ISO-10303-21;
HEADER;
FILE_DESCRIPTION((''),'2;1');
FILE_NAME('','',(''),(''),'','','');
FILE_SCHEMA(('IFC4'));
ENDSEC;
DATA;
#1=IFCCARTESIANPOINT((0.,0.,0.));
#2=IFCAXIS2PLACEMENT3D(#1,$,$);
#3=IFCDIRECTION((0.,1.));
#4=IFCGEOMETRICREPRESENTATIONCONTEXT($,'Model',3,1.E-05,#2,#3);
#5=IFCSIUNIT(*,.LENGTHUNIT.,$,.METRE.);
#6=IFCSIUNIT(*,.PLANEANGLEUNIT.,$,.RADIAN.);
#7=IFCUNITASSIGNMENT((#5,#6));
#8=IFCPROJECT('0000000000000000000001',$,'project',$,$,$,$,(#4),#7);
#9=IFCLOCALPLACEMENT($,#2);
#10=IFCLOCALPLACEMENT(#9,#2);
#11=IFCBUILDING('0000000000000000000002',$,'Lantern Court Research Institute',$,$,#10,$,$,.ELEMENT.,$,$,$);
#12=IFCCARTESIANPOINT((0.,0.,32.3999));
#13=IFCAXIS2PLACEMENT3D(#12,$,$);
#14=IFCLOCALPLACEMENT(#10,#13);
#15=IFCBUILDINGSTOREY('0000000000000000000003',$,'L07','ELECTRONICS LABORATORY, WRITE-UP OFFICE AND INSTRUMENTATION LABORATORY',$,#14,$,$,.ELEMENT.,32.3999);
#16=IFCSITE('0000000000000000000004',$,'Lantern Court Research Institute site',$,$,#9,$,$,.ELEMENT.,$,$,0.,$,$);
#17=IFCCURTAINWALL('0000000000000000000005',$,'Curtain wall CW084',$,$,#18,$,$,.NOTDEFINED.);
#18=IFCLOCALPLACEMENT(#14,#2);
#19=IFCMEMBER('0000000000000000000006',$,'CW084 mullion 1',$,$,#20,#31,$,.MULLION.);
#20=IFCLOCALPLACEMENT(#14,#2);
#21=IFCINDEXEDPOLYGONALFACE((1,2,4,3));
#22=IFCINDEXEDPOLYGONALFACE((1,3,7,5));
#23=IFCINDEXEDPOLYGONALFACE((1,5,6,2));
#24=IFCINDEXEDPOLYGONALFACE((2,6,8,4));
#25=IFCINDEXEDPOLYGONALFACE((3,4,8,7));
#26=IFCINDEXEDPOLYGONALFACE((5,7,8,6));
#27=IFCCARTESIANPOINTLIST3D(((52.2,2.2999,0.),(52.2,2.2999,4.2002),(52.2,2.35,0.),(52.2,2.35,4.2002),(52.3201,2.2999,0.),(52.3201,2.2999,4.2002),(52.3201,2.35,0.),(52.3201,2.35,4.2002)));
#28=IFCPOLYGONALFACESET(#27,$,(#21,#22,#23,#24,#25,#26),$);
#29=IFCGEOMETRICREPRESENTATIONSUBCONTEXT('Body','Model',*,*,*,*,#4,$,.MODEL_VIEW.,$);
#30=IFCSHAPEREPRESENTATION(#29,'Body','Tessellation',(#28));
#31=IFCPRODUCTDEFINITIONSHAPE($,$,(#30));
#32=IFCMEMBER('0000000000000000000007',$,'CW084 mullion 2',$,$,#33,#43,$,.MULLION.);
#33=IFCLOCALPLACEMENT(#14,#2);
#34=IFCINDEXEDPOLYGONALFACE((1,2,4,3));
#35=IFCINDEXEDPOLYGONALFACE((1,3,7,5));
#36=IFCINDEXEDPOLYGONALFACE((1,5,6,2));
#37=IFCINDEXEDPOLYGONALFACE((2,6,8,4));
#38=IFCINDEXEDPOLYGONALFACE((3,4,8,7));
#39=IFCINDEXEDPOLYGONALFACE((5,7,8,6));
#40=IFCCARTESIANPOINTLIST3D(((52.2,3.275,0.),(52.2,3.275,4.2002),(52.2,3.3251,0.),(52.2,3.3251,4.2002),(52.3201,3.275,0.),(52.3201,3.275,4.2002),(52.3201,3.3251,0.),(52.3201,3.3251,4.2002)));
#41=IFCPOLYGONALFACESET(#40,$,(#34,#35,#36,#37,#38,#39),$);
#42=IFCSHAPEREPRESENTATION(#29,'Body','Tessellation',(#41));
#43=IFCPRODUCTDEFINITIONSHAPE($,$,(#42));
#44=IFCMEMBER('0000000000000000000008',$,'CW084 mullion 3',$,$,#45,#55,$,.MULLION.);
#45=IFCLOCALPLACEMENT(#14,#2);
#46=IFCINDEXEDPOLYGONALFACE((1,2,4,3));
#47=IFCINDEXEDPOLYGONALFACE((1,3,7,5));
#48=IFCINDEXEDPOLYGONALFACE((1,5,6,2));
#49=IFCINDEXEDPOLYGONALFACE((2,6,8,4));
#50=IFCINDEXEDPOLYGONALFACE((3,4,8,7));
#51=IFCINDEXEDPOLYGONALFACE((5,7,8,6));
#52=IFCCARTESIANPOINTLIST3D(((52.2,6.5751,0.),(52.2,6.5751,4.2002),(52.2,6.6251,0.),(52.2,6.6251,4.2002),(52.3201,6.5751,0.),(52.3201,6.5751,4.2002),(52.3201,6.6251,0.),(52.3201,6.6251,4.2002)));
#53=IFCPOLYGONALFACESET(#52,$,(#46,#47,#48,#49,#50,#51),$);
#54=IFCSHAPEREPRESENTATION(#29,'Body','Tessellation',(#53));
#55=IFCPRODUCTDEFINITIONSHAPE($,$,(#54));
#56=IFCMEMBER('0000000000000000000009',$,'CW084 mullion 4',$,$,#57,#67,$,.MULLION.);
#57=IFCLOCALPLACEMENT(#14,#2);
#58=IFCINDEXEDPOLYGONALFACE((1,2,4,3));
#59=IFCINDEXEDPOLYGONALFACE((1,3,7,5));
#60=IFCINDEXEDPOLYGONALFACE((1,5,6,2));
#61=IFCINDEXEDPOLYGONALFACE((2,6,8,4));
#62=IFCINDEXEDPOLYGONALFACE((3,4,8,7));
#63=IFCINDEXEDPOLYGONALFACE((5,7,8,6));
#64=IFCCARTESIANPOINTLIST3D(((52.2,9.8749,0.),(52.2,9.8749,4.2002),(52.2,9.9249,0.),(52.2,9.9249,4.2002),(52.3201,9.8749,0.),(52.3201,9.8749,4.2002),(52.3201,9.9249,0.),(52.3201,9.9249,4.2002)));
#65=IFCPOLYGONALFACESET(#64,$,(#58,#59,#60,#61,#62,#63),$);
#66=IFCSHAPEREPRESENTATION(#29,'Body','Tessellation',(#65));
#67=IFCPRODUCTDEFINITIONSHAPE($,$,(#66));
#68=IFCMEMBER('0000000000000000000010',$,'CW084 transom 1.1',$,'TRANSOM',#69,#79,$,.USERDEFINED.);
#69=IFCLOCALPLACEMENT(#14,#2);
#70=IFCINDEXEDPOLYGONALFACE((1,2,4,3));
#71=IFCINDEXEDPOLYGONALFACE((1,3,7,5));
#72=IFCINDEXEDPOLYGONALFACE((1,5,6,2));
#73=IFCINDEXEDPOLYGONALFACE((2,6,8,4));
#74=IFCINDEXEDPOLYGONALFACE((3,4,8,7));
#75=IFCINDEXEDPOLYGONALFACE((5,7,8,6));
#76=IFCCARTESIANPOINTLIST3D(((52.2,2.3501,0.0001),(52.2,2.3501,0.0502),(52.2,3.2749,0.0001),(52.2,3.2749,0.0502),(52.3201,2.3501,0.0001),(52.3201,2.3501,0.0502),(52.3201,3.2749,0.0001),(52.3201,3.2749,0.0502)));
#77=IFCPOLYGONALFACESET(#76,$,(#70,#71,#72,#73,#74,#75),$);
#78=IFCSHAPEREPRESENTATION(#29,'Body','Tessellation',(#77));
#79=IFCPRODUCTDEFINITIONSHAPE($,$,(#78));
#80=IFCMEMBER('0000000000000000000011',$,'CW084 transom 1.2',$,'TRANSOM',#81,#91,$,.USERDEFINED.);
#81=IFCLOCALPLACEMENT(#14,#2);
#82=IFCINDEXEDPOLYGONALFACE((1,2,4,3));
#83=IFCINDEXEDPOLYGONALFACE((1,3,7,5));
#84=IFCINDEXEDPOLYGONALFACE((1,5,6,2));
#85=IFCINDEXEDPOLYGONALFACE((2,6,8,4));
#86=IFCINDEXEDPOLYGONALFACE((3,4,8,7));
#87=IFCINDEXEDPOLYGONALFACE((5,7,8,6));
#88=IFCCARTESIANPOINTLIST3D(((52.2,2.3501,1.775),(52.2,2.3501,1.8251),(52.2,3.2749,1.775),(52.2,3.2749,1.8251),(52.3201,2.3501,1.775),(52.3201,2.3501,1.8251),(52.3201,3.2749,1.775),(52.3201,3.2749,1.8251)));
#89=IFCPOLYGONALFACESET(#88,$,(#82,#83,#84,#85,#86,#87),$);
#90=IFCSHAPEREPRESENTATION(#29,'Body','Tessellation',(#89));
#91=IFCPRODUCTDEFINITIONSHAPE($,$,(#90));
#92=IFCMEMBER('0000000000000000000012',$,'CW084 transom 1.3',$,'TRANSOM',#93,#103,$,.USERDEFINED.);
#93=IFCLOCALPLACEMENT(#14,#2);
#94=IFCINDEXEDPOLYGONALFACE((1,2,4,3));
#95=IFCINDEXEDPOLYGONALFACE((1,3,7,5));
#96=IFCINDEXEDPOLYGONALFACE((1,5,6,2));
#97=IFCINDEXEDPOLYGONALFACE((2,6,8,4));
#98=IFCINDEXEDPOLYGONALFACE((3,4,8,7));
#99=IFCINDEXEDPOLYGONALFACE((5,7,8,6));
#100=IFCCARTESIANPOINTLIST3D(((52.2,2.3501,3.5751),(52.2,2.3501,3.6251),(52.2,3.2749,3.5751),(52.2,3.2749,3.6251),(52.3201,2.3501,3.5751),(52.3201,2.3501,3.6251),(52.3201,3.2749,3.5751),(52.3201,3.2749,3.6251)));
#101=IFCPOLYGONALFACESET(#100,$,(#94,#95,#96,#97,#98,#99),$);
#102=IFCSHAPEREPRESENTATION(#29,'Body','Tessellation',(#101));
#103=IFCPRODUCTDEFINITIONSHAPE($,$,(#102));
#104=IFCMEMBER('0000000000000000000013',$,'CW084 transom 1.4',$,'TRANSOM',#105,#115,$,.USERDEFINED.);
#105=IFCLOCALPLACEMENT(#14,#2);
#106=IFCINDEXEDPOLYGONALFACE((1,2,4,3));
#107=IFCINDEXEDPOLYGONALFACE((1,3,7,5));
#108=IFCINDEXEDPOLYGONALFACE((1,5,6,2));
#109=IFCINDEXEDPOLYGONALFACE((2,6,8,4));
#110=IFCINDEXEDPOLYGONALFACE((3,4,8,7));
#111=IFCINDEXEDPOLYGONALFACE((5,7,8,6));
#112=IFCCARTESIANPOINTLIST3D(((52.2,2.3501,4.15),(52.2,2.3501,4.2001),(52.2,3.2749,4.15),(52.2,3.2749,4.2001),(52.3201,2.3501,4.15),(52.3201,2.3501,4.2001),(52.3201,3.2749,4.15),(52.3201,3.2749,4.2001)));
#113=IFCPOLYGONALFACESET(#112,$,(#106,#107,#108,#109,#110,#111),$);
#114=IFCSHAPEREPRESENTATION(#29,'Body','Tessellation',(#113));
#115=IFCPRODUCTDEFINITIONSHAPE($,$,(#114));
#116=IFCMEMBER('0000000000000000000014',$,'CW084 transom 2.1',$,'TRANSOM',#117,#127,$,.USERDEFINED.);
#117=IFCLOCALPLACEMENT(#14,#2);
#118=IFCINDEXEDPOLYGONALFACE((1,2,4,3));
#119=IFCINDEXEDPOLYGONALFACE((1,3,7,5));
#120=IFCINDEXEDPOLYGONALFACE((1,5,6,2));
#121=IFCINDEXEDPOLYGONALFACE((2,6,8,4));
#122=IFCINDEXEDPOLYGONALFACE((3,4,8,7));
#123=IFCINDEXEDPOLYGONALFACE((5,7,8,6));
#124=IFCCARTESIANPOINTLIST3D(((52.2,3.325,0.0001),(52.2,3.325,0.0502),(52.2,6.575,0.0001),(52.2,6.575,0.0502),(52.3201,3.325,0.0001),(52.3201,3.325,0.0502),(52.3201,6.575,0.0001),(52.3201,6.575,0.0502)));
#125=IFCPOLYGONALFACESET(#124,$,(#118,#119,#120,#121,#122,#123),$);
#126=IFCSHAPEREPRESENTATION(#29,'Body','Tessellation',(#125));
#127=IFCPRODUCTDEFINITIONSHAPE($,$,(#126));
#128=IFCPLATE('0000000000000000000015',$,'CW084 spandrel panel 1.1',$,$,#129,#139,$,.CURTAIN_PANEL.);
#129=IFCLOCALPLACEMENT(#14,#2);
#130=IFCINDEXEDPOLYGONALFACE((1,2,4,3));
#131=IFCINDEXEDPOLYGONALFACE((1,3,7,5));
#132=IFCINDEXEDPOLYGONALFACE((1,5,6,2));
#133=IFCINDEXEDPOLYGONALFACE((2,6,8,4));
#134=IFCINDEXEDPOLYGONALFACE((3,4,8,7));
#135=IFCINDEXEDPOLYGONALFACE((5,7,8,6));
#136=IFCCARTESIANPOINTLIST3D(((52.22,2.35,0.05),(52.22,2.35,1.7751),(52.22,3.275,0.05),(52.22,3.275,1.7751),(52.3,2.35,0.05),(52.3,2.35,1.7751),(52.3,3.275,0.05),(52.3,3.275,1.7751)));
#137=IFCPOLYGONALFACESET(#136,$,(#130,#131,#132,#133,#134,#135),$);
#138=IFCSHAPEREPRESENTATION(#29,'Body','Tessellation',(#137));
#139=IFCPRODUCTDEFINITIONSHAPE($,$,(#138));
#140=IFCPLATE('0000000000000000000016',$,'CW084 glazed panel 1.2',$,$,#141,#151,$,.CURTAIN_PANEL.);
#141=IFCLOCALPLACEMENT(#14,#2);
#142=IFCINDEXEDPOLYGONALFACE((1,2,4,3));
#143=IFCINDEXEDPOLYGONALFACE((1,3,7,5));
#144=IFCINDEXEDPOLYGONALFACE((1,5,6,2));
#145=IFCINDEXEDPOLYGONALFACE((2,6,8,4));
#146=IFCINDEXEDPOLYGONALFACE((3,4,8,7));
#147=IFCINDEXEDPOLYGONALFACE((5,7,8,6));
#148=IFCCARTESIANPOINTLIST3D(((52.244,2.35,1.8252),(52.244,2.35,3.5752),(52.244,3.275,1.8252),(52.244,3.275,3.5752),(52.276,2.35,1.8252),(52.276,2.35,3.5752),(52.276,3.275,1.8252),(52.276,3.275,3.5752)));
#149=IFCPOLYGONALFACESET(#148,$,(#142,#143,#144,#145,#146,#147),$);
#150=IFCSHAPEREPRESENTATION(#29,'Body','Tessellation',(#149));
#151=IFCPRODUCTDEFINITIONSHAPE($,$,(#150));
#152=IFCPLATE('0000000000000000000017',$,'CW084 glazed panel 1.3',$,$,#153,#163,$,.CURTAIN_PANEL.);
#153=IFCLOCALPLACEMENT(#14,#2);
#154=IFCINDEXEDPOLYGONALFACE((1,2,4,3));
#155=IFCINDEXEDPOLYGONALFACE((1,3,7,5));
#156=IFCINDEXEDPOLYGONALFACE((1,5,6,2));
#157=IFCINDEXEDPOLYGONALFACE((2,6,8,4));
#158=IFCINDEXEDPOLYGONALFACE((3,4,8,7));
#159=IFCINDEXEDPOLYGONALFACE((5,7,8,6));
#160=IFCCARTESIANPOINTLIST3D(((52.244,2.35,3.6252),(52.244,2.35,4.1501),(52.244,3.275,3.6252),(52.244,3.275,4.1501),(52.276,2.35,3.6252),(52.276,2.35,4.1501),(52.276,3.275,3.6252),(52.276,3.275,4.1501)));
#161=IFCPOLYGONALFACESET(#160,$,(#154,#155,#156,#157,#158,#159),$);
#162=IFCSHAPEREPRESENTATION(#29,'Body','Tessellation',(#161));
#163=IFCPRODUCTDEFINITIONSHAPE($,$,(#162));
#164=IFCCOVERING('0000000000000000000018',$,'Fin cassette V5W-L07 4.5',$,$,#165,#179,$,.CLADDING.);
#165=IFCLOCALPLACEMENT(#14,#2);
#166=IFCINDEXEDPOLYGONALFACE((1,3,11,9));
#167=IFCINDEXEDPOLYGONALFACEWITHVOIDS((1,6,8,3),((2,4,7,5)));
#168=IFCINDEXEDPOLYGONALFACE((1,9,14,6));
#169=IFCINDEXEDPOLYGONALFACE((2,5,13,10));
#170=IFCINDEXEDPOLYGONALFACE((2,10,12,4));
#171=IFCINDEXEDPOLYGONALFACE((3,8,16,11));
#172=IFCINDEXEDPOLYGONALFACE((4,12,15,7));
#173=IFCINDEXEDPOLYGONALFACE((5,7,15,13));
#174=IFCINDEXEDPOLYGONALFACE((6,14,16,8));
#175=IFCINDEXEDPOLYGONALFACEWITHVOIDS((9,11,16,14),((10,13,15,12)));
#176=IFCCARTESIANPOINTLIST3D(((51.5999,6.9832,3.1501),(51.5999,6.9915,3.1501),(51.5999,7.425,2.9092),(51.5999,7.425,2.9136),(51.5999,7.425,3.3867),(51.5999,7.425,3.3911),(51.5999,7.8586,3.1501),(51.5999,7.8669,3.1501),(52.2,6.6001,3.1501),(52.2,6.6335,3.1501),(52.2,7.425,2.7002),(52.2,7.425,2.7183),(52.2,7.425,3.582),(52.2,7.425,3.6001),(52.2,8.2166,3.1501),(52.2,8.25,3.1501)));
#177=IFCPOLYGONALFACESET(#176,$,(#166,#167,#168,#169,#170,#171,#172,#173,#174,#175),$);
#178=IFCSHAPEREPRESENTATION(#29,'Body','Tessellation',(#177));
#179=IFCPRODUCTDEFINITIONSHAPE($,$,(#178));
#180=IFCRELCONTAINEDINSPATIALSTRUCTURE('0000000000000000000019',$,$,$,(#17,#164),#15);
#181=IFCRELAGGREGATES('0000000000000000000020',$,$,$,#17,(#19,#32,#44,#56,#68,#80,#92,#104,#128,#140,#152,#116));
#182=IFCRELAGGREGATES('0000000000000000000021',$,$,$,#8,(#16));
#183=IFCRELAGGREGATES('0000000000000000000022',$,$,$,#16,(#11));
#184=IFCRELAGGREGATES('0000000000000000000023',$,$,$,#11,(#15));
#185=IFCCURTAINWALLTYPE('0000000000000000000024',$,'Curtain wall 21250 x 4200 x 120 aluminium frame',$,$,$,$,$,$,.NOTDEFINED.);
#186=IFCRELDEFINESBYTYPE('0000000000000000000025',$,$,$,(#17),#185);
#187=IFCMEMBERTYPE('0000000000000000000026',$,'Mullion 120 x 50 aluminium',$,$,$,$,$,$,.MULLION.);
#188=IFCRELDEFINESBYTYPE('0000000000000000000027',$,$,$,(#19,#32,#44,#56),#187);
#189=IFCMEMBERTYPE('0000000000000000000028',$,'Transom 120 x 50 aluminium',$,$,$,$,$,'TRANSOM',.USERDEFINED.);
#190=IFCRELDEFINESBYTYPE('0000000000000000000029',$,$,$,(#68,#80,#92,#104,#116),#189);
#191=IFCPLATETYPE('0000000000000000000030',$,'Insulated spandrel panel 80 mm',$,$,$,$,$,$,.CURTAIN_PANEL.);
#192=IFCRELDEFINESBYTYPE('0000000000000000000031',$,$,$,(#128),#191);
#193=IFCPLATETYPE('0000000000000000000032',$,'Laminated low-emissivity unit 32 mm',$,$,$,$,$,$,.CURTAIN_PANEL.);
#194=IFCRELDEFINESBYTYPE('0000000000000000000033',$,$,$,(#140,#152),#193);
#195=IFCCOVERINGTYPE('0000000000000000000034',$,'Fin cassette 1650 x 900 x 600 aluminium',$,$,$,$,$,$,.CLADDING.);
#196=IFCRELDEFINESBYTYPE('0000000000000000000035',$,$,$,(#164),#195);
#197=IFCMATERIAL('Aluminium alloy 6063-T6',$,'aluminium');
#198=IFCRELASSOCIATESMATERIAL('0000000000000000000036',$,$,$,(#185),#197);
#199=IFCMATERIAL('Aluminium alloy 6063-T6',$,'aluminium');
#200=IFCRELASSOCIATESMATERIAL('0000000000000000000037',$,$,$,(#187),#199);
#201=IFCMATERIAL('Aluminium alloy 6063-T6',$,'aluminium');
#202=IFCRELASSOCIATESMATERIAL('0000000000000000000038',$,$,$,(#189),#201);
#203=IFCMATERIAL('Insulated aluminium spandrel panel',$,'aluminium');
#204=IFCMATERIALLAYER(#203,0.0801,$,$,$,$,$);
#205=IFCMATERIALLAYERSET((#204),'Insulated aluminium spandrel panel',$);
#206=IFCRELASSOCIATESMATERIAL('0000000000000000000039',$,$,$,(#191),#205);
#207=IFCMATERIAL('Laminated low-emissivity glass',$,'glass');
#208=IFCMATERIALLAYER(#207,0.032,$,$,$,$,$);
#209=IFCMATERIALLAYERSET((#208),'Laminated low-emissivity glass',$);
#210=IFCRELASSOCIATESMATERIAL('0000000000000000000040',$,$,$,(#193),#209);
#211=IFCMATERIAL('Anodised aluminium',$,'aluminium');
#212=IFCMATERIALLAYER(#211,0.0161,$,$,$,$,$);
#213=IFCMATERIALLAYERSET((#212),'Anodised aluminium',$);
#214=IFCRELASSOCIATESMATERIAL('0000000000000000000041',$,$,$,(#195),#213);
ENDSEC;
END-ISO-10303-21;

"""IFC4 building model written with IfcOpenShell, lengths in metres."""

from ifc_helpers import new_model, entity, si_unit, direction, frame, origin, origin_2d, place, context, subcontext, project, spatial, rectangle, extrude, material, layer, layer_set, material_profile, profile_set, type_object, element, aggregate, save


model = new_model("IFC4")

# Units and contexts
model_context = context("Model", 3, precision=1e-05, world=origin(), true_north=direction((0.0, 1.0)))
body_context = subcontext(model_context, "Body", "Model", "MODEL_VIEW")
ifc_project = project(units=[si_unit("LENGTHUNIT", "METRE"), si_unit("PLANEANGLEUNIT", "RADIAN")], contexts=[model_context])

# Site, building, storey
site_placement = place(None, origin())
site = spatial("IfcSite", under=ifc_project, at=site_placement, Name="Lantern Court Research Institute site", CompositionType="ELEMENT", RefElevation=0.0)
building_placement = place(site_placement, origin())
building = spatial("IfcBuilding", under=site, at=building_placement, Name="Lantern Court Research Institute", CompositionType="ELEMENT")
storey_placement = place(building_placement, frame((0.0, 0.0, 32.3999)))
storey = spatial("IfcBuildingStorey", under=building, at=storey_placement, Name="L07", Description="ELECTRONICS LABORATORY, WRITE-UP OFFICE AND INSTRUMENTATION LABORATORY", CompositionType="ELEMENT", Elevation=32.3999)

# Curtain wall, members, plates
ifc_material_1 = material(Name="Aluminium alloy 6063-T6", Category="aluminium")
curtain_wall_type = type_object("IfcCurtainWallType", Name="Curtain wall 21250 x 4200 x 120 aluminium frame", PredefinedType="NOTDEFINED", material=ifc_material_1)
curtain_wall_placement = place(storey_placement, origin())
curtain_wall = element("IfcCurtainWall", 1, at=curtain_wall_placement, inside=storey, type_object=curtain_wall_type, Name="Curtain wall CW084", PredefinedType="NOTDEFINED")
ifc_material_2 = material(Name="Aluminium alloy 6063-T6", Category="aluminium")
ifc_material_profile_1 = material_profile(ifc_material_2, rectangle(XDim=0.1201, YDim=0.05, at=origin_2d()), Name="Mullion 120 x 50")
ifc_profile_set_1 = profile_set([ifc_material_profile_1], Name="Aluminium alloy 6063-T6")
member_type_1 = type_object("IfcMemberType", Name="Mullion 120 x 50 aluminium", PredefinedType="MULLION", material=ifc_profile_set_1)
member_1_placement = place(storey_placement, frame((52.26, 2.325, 0.0), z_axis=(0.0, 0.0, 1.0), x_axis=(-1.0, 0.0, 0.0)))
member_1 = element("IfcMember", 2, at=member_1_placement, type_object=member_type_1, Name="CW084 mullion 1", PredefinedType="MULLION", context=body_context, shape_type="SweptSolid", body=[
    extrude(rectangle(XDim=0.1201, YDim=0.05, at=origin_2d()), origin(), (0.0, 0.0, 1.0), 4.2002),
])
member_2_placement = place(storey_placement, frame((52.26, 3.3, 0.0), z_axis=(0.0, 0.0, 1.0), x_axis=(-1.0, 0.0, 0.0)))
member_2 = element("IfcMember", 3, at=member_2_placement, type_object=member_type_1, Name="CW084 mullion 2", PredefinedType="MULLION", context=body_context, shape_type="SweptSolid", body=[
    extrude(rectangle(XDim=0.1201, YDim=0.05, at=origin_2d()), origin(), (0.0, 0.0, 1.0), 4.2002),
])
member_3_placement = place(storey_placement, frame((52.26, 6.6001, 0.0), z_axis=(0.0, 0.0, 1.0), x_axis=(-1.0, 0.0, 0.0)))
member_3 = element("IfcMember", 4, at=member_3_placement, type_object=member_type_1, Name="CW084 mullion 3", PredefinedType="MULLION", context=body_context, shape_type="SweptSolid", body=[
    extrude(rectangle(XDim=0.1201, YDim=0.05, at=origin_2d()), origin(), (0.0, 0.0, 1.0), 4.2002),
])
member_4_placement = place(storey_placement, frame((52.26, 9.8999, 0.0), z_axis=(0.0, 0.0, 1.0), x_axis=(-1.0, 0.0, 0.0)))
member_4 = element("IfcMember", 5, at=member_4_placement, type_object=member_type_1, Name="CW084 mullion 4", PredefinedType="MULLION", context=body_context, shape_type="SweptSolid", body=[
    extrude(rectangle(XDim=0.1201, YDim=0.05, at=origin_2d()), origin(), (0.0, 0.0, 1.0), 4.2002),
])
ifc_material_3 = material(Name="Aluminium alloy 6063-T6", Category="aluminium")
ifc_material_profile_2 = material_profile(ifc_material_3, rectangle(XDim=0.1201, YDim=0.05, at=origin_2d()), Name="Transom 120 x 50")
ifc_profile_set_2 = profile_set([ifc_material_profile_2], Name="Aluminium alloy 6063-T6")
member_type_2 = type_object("IfcMemberType", Name="Transom 120 x 50 aluminium", ElementType="TRANSOM", PredefinedType="USERDEFINED", material=ifc_profile_set_2)
member_5_placement = place(storey_placement, frame((52.26, 2.3501, 0.0251), z_axis=(0.0, 1.0, 0.0), x_axis=(-1.0, 0.0, 0.0)))
member_5 = element("IfcMember", 6, at=member_5_placement, type_object=member_type_2, Name="CW084 transom 1.1", ObjectType="TRANSOM", PredefinedType="USERDEFINED", context=body_context, shape_type="SweptSolid", body=[
    extrude(rectangle(XDim=0.1201, YDim=0.05, at=origin_2d()), origin(), (0.0, 0.0, 1.0), 0.9248),
])
member_6_placement = place(storey_placement, frame((52.26, 2.3501, 1.8), z_axis=(0.0, 1.0, 0.0), x_axis=(-1.0, 0.0, 0.0)))
member_6 = element("IfcMember", 7, at=member_6_placement, type_object=member_type_2, Name="CW084 transom 1.2", ObjectType="TRANSOM", PredefinedType="USERDEFINED", context=body_context, shape_type="SweptSolid", body=[
    extrude(rectangle(XDim=0.1201, YDim=0.05, at=origin_2d()), origin(), (0.0, 0.0, 1.0), 0.9248),
])
member_7_placement = place(storey_placement, frame((52.26, 2.3501, 3.6001), z_axis=(0.0, 1.0, 0.0), x_axis=(-1.0, 0.0, 0.0)))
member_7 = element("IfcMember", 8, at=member_7_placement, type_object=member_type_2, Name="CW084 transom 1.3", ObjectType="TRANSOM", PredefinedType="USERDEFINED", context=body_context, shape_type="SweptSolid", body=[
    extrude(rectangle(XDim=0.1201, YDim=0.05, at=origin_2d()), origin(), (0.0, 0.0, 1.0), 0.9248),
])
member_8_placement = place(storey_placement, frame((52.26, 2.3501, 4.175), z_axis=(0.0, 1.0, 0.0), x_axis=(-1.0, 0.0, 0.0)))
member_8 = element("IfcMember", 9, at=member_8_placement, type_object=member_type_2, Name="CW084 transom 1.4", ObjectType="TRANSOM", PredefinedType="USERDEFINED", context=body_context, shape_type="SweptSolid", body=[
    extrude(rectangle(XDim=0.1201, YDim=0.05, at=origin_2d()), origin(), (0.0, 0.0, 1.0), 0.9248),
])
member_9_placement = place(storey_placement, frame((52.26, 3.325, 0.0251), z_axis=(0.0, 1.0, 0.0), x_axis=(-1.0, 0.0, 0.0)))
member_9 = element("IfcMember", 10, at=member_9_placement, type_object=member_type_2, Name="CW084 transom 2.1", ObjectType="TRANSOM", PredefinedType="USERDEFINED", context=body_context, shape_type="SweptSolid", body=[
    extrude(rectangle(XDim=0.1201, YDim=0.05, at=origin_2d()), origin(), (0.0, 0.0, 1.0), 3.25),
])
ifc_material_4 = material(Name="Insulated aluminium spandrel panel", Category="aluminium")
ifc_layer_1 = layer(ifc_material_4, 0.0801)
ifc_layer_set_1 = layer_set([ifc_layer_1], Name="Insulated aluminium spandrel panel")
plate_type_1 = type_object("IfcPlateType", Name="Insulated spandrel panel 80 mm", PredefinedType="CURTAIN_PANEL", material=ifc_layer_set_1)
plate_1_placement = place(storey_placement, frame((52.26, 2.8125, 0.05), z_axis=(0.0, 0.0, 1.0), x_axis=(0.0, 1.0, 0.0)))
plate_1 = element("IfcPlate", 11, at=plate_1_placement, type_object=plate_type_1, Name="CW084 spandrel panel 1.1", PredefinedType="CURTAIN_PANEL", context=body_context, shape_type="SweptSolid", body=[
    extrude(rectangle(XDim=0.925, YDim=0.0801, at=origin_2d()), origin(), (0.0, 0.0, 1.0), 1.7251),
])
ifc_material_5 = material(Name="Laminated low-emissivity glass", Category="glass")
ifc_layer_2 = layer(ifc_material_5, 0.032)
ifc_layer_set_2 = layer_set([ifc_layer_2], Name="Laminated low-emissivity glass")
plate_type_2 = type_object("IfcPlateType", Name="Laminated low-emissivity unit 32 mm", PredefinedType="CURTAIN_PANEL", material=ifc_layer_set_2)
plate_2_placement = place(storey_placement, frame((52.26, 2.8125, 1.8252), z_axis=(0.0, 0.0, 1.0), x_axis=(0.0, 1.0, 0.0)))
plate_2 = element("IfcPlate", 12, at=plate_2_placement, type_object=plate_type_2, Name="CW084 glazed panel 1.2", PredefinedType="CURTAIN_PANEL", context=body_context, shape_type="SweptSolid", body=[
    extrude(rectangle(XDim=0.925, YDim=0.032, at=origin_2d()), origin(), (0.0, 0.0, 1.0), 1.75),
])
plate_3_placement = place(storey_placement, frame((52.26, 2.8125, 3.6252), z_axis=(0.0, 0.0, 1.0), x_axis=(0.0, 1.0, 0.0)))
plate_3 = element("IfcPlate", 13, at=plate_3_placement, type_object=plate_type_2, Name="CW084 glazed panel 1.3", PredefinedType="CURTAIN_PANEL", context=body_context, shape_type="SweptSolid", body=[
    extrude(rectangle(XDim=0.925, YDim=0.032, at=origin_2d()), origin(), (0.0, 0.0, 1.0), 0.5249),
])
aggregate(curtain_wall, [member_1, member_2, member_3, member_4, member_5, member_6, member_7, member_8, plate_1, plate_2, plate_3, member_9])

# Covering
ifc_material_6 = material(Name="Anodised aluminium", Category="aluminium")
ifc_layer_3 = layer(ifc_material_6, 0.0161)
ifc_layer_set_3 = layer_set([ifc_layer_3], Name="Anodised aluminium")
covering_type = type_object("IfcCoveringType", Name="Fin cassette 1650 x 900 x 600 aluminium", PredefinedType="CLADDING", material=ifc_layer_set_3)
covering_1_placement = place(storey_placement, frame((52.2, 7.425, 3.1501), z_axis=(-1.0, 0.0, 0.0), x_axis=(0.0, -1.0, 0.0)))
cartesian_point_1 = entity("IfcCartesianPoint", [0.825, 0.0])
cartesian_point_2 = entity("IfcCartesianPoint", [0.7915, 0.0])
cartesian_point_3 = entity("IfcCartesianPoint", [0.4419, 0.0])
cartesian_point_4 = entity("IfcCartesianPoint", [0.4336, 0.0])
element("IfcCovering", 14, at=covering_1_placement, inside=storey, type_object=covering_type, Name="Fin cassette V5W-L07 4.5", PredefinedType="CLADDING", context=body_context, shape_type="SweptSolid", body=[
    entity("IfcExtrudedAreaSolidTapered", entity("IfcArbitraryProfileDefWithVoids", "AREA", None, entity("IfcPolyline", [cartesian_point_1, entity("IfcCartesianPoint", [0.0, 0.45]), entity("IfcCartesianPoint", [-0.825, 0.0]), entity("IfcCartesianPoint", [0.0, -0.45]), cartesian_point_1]), [entity("IfcPolyline", [cartesian_point_2, entity("IfcCartesianPoint", [0.0, 0.4319]), entity("IfcCartesianPoint", [-0.7915, 0.0]), entity("IfcCartesianPoint", [0.0, -0.4319]), cartesian_point_2])]), entity("IfcAxis2Placement3D", entity("IfcCartesianPoint", [0.0, 0.0, 0.0])), entity("IfcDirection", [0.0, 0.0, 1.0]), 0.6001, entity("IfcArbitraryProfileDefWithVoids", "AREA", None, entity("IfcPolyline", [cartesian_point_3, entity("IfcCartesianPoint", [0.0, 0.241]), entity("IfcCartesianPoint", [-0.4419, 0.0]), entity("IfcCartesianPoint", [0.0, -0.241]), cartesian_point_3]), [entity("IfcPolyline", [cartesian_point_4, entity("IfcCartesianPoint", [0.0, 0.2366]), entity("IfcCartesianPoint", [-0.4336, 0.0]), entity("IfcCartesianPoint", [0.0, -0.2366]), cartesian_point_4])])),
])

save(model, "model.ifc")
